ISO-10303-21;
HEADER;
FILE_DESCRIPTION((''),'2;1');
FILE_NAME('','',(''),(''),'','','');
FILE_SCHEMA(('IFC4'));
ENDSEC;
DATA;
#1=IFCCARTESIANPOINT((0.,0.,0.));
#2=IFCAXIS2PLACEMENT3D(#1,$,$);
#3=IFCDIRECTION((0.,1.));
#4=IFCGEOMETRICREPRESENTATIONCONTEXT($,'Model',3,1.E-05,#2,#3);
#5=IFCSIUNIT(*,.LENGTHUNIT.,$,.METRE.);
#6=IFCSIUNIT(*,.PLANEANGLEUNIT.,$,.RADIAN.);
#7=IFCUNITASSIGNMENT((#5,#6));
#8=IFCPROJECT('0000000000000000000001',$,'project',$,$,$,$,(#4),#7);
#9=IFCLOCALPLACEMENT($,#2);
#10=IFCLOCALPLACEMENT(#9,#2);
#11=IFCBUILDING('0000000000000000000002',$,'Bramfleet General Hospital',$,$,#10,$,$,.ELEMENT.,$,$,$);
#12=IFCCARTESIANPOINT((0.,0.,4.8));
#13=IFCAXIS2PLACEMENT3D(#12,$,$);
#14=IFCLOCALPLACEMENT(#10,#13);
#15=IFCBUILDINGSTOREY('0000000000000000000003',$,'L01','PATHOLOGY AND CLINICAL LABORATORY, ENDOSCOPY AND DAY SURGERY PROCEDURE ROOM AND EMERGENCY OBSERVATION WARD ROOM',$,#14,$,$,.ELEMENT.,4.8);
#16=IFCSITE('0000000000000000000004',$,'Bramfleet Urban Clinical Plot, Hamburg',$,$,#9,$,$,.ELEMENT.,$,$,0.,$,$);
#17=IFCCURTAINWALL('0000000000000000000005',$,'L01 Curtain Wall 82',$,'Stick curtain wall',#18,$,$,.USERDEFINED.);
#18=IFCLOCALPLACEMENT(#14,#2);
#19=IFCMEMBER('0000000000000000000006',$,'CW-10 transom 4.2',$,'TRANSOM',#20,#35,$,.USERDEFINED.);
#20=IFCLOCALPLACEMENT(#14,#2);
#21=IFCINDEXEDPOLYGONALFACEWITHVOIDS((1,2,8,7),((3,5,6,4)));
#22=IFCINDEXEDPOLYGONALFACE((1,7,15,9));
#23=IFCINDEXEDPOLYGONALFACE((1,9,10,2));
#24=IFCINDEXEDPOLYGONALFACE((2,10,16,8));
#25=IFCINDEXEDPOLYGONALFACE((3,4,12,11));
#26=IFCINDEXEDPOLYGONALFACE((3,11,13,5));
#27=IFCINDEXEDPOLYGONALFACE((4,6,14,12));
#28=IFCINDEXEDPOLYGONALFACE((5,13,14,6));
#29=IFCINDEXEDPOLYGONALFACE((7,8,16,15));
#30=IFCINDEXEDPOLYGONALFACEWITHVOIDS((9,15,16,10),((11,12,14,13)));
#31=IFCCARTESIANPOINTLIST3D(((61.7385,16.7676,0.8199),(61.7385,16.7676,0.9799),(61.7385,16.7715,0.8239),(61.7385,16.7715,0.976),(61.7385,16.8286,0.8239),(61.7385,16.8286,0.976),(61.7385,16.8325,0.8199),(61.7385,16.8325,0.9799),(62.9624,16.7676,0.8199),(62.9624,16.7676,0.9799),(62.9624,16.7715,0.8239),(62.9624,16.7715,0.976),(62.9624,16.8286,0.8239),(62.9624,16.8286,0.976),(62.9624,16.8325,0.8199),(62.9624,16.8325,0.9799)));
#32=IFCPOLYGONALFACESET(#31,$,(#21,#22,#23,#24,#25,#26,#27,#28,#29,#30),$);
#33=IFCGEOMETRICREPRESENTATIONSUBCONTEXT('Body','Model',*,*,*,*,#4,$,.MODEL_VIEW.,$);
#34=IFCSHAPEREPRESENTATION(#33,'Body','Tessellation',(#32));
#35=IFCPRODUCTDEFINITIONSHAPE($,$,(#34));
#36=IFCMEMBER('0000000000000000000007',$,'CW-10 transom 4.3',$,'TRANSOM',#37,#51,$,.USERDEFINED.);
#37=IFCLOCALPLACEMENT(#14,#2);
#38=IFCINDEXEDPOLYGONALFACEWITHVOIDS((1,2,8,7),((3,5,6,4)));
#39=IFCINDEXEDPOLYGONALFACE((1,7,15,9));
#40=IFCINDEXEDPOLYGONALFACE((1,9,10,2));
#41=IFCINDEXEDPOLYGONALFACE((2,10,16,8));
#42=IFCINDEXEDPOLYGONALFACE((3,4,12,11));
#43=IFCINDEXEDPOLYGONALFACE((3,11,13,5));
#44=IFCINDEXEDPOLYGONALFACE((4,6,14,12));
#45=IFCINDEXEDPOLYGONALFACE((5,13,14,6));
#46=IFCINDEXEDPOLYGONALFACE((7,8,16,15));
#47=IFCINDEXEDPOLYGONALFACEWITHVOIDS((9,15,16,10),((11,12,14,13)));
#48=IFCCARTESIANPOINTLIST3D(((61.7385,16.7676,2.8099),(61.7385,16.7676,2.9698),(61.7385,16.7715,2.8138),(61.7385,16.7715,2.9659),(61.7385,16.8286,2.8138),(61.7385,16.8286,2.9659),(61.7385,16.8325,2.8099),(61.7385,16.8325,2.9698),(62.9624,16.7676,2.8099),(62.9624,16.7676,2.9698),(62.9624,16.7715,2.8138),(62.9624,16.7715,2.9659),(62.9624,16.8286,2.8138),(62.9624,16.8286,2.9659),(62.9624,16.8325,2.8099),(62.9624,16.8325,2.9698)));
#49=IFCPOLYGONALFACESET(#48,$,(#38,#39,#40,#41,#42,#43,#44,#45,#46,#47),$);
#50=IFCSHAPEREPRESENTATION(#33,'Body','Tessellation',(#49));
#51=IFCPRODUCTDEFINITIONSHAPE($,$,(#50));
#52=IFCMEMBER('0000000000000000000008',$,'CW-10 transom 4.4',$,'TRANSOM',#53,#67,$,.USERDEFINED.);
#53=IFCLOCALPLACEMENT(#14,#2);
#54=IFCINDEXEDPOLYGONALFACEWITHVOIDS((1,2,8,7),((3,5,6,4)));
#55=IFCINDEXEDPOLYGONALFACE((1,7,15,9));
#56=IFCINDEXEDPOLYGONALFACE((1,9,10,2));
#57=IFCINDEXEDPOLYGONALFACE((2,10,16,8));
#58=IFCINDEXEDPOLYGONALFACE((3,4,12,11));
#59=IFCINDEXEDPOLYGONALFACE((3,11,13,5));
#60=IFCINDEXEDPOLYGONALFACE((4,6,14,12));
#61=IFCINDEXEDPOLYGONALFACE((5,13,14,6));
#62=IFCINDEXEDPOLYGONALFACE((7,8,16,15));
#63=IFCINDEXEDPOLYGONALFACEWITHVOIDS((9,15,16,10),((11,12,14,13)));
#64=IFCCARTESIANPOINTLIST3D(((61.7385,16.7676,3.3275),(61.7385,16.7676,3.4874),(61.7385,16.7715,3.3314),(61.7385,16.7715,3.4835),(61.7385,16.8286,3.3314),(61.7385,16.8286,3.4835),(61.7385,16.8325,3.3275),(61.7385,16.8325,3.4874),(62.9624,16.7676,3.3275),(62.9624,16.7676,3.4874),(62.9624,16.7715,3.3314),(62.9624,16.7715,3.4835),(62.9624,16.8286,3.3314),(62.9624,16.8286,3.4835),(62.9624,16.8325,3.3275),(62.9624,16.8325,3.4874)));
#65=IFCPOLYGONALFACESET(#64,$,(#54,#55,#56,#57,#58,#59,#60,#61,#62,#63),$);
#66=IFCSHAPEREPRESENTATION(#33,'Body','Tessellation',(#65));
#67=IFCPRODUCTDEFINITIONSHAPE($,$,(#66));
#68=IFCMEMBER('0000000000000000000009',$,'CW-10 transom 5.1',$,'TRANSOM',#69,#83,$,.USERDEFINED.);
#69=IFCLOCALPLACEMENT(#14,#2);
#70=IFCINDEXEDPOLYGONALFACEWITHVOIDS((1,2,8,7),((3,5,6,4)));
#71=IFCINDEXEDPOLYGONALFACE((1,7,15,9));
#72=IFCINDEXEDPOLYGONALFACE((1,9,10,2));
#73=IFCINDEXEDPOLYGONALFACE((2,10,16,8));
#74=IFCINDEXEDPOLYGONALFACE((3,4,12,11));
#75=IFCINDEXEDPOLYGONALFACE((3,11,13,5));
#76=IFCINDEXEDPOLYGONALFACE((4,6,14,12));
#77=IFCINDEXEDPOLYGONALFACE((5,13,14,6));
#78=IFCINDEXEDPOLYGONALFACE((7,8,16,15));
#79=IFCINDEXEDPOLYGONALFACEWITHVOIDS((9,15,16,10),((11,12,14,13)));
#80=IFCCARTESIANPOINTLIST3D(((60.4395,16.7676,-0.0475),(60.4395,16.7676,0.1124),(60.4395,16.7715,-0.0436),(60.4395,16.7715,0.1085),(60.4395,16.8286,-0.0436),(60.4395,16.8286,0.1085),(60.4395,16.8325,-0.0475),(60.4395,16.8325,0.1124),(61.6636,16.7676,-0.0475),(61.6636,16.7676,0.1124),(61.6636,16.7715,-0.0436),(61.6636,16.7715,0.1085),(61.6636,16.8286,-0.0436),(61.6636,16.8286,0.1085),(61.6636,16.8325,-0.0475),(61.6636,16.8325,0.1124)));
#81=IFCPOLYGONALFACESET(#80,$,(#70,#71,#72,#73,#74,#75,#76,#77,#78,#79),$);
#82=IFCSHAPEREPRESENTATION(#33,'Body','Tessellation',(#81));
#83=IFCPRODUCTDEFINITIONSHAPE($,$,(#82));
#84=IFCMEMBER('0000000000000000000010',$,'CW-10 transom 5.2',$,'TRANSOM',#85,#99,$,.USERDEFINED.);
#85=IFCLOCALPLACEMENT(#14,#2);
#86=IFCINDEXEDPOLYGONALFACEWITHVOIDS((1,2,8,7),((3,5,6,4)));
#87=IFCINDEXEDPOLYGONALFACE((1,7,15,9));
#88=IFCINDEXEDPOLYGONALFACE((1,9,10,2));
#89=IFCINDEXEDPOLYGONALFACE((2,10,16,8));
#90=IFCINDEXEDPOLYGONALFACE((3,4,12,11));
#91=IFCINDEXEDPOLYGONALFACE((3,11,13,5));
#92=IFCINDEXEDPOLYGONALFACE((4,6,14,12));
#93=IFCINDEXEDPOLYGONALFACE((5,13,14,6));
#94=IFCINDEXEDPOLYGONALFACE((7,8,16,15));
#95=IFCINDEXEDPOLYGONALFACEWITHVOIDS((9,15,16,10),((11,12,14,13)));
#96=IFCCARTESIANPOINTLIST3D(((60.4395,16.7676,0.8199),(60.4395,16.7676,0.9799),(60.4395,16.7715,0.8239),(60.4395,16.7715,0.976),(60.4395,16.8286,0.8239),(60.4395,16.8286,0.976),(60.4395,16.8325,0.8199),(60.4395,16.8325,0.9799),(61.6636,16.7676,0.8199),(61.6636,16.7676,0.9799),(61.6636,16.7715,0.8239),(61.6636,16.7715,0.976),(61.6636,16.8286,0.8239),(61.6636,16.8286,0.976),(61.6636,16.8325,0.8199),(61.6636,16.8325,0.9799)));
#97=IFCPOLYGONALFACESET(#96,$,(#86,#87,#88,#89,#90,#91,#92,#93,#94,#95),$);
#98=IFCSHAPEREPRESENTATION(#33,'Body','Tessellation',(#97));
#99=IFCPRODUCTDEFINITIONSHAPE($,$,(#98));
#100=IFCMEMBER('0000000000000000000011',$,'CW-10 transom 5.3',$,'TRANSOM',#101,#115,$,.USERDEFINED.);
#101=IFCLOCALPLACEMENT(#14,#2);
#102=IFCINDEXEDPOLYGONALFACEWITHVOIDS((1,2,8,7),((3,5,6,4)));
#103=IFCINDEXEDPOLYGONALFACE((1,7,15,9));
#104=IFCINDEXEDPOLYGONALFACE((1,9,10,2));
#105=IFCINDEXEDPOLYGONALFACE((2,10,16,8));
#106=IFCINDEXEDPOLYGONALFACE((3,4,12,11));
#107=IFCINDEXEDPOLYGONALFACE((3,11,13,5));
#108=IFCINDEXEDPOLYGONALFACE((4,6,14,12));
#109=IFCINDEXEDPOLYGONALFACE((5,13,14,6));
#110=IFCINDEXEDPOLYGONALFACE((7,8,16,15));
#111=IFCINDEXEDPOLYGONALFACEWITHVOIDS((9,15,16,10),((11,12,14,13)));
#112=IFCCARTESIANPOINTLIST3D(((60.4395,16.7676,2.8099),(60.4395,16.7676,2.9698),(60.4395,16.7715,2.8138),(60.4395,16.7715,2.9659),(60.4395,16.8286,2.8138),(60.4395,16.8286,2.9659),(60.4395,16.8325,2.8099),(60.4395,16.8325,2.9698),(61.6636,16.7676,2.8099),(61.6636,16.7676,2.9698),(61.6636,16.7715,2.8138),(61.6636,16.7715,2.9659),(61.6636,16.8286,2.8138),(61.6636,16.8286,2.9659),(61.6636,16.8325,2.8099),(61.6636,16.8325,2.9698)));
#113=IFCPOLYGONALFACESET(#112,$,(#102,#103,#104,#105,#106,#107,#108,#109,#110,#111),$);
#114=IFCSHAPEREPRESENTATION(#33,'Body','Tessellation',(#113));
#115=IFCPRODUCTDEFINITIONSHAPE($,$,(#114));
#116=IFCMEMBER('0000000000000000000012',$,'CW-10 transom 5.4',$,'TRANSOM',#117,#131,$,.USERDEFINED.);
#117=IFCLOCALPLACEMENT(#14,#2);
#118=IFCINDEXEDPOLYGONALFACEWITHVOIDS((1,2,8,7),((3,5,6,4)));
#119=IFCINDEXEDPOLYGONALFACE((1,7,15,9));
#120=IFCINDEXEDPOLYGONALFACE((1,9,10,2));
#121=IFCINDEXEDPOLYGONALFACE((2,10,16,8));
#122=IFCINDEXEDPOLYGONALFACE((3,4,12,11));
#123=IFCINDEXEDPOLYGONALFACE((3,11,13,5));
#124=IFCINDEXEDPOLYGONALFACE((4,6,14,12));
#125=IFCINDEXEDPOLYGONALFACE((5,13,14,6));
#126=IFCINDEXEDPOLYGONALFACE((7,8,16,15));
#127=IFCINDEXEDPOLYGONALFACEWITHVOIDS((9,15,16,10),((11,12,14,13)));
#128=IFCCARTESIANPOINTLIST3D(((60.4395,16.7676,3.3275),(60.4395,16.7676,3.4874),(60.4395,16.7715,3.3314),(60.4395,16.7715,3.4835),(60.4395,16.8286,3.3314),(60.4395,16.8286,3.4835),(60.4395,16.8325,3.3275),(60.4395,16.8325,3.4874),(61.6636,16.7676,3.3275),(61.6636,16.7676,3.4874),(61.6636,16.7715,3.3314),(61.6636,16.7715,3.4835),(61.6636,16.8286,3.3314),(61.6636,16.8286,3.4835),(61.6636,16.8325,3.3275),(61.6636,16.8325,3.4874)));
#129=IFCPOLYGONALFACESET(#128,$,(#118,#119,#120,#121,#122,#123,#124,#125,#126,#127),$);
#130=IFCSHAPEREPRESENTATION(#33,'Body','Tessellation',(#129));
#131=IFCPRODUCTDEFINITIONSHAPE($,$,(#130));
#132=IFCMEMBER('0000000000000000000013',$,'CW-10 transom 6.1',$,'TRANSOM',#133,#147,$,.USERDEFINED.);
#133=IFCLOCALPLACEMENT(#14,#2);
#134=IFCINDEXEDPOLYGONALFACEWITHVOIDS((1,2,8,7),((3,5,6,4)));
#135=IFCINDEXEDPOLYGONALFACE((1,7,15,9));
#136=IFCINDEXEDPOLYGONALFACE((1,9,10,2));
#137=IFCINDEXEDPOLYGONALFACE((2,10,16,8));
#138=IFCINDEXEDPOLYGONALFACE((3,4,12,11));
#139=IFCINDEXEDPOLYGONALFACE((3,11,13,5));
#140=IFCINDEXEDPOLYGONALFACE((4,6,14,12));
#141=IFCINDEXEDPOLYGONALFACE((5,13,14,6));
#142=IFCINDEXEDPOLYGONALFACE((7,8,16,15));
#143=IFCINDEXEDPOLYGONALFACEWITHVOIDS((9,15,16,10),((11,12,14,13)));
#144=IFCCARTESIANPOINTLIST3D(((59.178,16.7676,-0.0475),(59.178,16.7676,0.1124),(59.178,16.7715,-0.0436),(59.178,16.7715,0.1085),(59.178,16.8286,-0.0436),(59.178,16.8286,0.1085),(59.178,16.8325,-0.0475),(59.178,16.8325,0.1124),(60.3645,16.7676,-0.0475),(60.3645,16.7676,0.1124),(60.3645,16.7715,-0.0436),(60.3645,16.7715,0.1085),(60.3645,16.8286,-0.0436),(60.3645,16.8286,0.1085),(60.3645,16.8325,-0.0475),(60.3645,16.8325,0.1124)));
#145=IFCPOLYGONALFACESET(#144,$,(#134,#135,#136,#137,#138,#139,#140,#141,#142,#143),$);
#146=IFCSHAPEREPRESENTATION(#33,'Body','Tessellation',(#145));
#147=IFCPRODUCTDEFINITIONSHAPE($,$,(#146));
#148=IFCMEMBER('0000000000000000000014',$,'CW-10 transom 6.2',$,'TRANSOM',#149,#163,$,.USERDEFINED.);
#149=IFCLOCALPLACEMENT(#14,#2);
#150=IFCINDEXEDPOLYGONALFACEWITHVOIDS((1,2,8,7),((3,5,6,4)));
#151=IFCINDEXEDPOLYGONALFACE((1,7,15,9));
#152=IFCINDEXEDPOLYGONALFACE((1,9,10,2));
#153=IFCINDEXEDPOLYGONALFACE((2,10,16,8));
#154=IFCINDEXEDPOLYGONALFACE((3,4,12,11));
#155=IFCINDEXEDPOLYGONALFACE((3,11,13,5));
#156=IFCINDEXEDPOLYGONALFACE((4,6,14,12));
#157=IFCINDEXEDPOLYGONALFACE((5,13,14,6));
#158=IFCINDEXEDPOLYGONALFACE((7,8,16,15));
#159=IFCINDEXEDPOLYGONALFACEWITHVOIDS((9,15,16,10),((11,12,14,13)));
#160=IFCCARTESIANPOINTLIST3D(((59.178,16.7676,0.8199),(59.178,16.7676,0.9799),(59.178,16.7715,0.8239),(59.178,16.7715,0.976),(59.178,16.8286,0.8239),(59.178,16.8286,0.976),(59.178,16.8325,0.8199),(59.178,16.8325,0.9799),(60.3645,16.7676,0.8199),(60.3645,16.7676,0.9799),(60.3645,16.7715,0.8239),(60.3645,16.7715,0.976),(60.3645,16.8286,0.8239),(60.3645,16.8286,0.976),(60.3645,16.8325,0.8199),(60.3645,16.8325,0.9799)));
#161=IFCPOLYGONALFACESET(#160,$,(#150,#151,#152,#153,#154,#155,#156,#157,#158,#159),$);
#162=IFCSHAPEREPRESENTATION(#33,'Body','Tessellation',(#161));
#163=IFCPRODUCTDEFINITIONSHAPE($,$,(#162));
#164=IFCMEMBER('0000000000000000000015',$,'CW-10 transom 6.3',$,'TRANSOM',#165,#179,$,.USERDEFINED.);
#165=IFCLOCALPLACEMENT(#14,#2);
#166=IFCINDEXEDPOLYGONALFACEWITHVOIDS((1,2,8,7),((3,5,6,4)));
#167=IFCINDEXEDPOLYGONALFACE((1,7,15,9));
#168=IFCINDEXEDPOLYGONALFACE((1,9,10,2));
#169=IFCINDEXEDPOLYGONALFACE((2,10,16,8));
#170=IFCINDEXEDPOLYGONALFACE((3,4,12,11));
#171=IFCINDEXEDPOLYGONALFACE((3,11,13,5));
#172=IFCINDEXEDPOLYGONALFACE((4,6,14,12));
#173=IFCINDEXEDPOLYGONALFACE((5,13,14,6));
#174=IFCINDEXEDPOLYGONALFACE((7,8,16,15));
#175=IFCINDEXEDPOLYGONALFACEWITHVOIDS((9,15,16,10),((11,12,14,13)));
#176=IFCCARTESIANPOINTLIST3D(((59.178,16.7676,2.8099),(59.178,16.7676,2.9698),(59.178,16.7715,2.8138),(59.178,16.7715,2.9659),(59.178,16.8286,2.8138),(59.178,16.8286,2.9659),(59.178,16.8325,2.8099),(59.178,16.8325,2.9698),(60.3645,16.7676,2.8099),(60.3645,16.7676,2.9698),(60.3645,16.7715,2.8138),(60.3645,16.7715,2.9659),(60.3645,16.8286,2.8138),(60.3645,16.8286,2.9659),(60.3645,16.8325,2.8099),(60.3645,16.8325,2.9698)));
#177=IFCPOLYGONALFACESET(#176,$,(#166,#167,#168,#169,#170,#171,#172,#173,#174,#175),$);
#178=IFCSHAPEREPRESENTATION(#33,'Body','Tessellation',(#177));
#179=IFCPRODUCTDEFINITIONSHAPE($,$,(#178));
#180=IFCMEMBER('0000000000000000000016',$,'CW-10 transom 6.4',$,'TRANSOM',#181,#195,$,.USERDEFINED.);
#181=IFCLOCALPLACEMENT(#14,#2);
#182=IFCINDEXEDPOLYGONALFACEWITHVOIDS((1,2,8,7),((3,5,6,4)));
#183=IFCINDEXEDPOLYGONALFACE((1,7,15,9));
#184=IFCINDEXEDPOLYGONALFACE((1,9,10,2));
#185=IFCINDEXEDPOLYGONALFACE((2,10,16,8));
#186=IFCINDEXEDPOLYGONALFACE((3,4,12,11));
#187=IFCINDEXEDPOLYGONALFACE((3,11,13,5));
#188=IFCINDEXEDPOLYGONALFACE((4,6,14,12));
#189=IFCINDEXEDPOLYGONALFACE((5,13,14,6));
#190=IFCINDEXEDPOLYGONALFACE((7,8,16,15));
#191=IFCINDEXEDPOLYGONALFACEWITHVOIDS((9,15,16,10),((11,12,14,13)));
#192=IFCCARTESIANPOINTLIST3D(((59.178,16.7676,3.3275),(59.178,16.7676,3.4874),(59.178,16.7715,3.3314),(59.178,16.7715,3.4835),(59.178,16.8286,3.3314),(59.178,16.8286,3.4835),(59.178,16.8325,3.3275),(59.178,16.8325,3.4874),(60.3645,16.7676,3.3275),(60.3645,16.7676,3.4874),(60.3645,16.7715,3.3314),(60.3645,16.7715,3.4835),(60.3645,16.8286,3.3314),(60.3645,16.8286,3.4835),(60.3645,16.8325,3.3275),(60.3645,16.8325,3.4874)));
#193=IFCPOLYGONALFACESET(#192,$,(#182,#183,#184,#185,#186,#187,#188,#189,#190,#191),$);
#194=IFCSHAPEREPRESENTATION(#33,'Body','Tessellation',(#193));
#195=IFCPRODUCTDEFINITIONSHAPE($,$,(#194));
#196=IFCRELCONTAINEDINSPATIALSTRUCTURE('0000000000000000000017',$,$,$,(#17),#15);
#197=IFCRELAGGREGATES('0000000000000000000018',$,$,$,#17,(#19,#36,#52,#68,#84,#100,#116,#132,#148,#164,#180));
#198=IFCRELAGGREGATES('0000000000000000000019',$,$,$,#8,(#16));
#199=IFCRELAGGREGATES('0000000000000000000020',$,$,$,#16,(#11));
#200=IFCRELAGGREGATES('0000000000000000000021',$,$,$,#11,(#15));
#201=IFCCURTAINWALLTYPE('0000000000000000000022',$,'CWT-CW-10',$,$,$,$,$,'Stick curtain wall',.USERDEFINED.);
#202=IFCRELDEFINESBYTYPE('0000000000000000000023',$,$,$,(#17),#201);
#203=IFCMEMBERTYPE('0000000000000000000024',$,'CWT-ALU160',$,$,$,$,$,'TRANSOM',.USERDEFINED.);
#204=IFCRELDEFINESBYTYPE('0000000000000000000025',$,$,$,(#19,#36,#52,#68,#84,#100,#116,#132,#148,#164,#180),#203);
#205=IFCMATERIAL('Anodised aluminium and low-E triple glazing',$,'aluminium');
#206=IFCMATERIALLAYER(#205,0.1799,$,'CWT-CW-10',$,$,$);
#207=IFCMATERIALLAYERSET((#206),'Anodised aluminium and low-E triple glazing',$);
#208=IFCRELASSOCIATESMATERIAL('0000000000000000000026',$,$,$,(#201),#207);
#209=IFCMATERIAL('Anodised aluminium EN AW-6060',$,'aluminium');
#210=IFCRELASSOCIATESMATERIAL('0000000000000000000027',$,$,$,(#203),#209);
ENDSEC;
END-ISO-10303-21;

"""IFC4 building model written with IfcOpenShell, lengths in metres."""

from ifc_helpers import new_model, si_unit, direction, frame, origin, origin_2d, place, context, subcontext, project, spatial, hollow_rectangle, extrude, material, layer, layer_set, material_profile, profile_set, type_object, element, aggregate, save


model = new_model("IFC4")

# Units and contexts
model_context = context("Model", 3, precision=1e-05, world=origin(), true_north=direction((0.0, 1.0)))
body_context = subcontext(model_context, "Body", "Model", "MODEL_VIEW")
ifc_project = project(units=[si_unit("LENGTHUNIT", "METRE"), si_unit("PLANEANGLEUNIT", "RADIAN")], contexts=[model_context])

# Site, building, storey
site_placement = place(None, origin())
site = spatial("IfcSite", under=ifc_project, at=site_placement, Name="Bramfleet Urban Clinical Plot, Hamburg", CompositionType="ELEMENT", RefElevation=0.0)
building_placement = place(site_placement, origin())
building = spatial("IfcBuilding", under=site, at=building_placement, Name="Bramfleet General Hospital", CompositionType="ELEMENT")
storey_placement = place(building_placement, frame((0.0, 0.0, 4.8)))
storey = spatial("IfcBuildingStorey", under=building, at=storey_placement, Name="L01", Description="PATHOLOGY AND CLINICAL LABORATORY, ENDOSCOPY AND DAY SURGERY PROCEDURE ROOM AND EMERGENCY OBSERVATION WARD ROOM", CompositionType="ELEMENT", Elevation=4.8)

# Curtain wall
ifc_material_1 = material(Name="Anodised aluminium and low-E triple glazing", Category="aluminium")
ifc_layer_1 = layer(ifc_material_1, 0.1799, Name="CWT-CW-10")
ifc_layer_set_1 = layer_set([ifc_layer_1], Name="Anodised aluminium and low-E triple glazing")
curtain_wall_type_1 = type_object("IfcCurtainWallType", Name="CWT-CW-10", ElementType="Stick curtain wall", PredefinedType="USERDEFINED", material=ifc_layer_set_1)
curtain_wall_1_placement = place(storey_placement, origin())
curtain_wall_1 = element("IfcCurtainWall", 1, at=curtain_wall_1_placement, inside=storey, type_object=curtain_wall_type_1, Name="L01 Curtain Wall 82", ObjectType="Stick curtain wall", PredefinedType="USERDEFINED")
ifc_material_2 = material(Name="Anodised aluminium EN AW-6060", Category="aluminium")

# Members
ifc_material_profile_1 = material_profile(ifc_material_2, hollow_rectangle(XDim=0.0649, YDim=0.1599, WallThickness=0.0039, at=origin_2d()), Name="ALU 160x65x4.0")
ifc_profile_set_1 = profile_set([ifc_material_profile_1], Name="Anodised aluminium EN AW-6060")
member_type_1 = type_object("IfcMemberType", Name="CWT-ALU160", ElementType="TRANSOM", PredefinedType="USERDEFINED", material=ifc_profile_set_1)
member_1_placement = place(storey_placement, frame((62.9624, 16.8, 0.8999), z_axis=(-1.0, 0.0, 0.0), x_axis=(0.0, -1.0, 0.0)))
member_1 = element("IfcMember", 2, at=member_1_placement, type_object=member_type_1, Name="CW-10 transom 4.2", ObjectType="TRANSOM", PredefinedType="USERDEFINED", context=body_context, shape_type="SweptSolid", body=[
    extrude(hollow_rectangle(XDim=0.0649, YDim=0.1599, WallThickness=0.0039, at=origin_2d()), origin(), (0.0, 0.0, 1.0), 1.2239),
])
member_2_placement = place(storey_placement, frame((62.9624, 16.8, 2.8899), z_axis=(-1.0, 0.0, 0.0), x_axis=(0.0, -1.0, 0.0)))
member_2 = element("IfcMember", 3, at=member_2_placement, type_object=member_type_1, Name="CW-10 transom 4.3", ObjectType="TRANSOM", PredefinedType="USERDEFINED", context=body_context, shape_type="SweptSolid", body=[
    extrude(hollow_rectangle(XDim=0.0649, YDim=0.1599, WallThickness=0.0039, at=origin_2d()), origin(), (0.0, 0.0, 1.0), 1.2239),
])
member_3_placement = place(storey_placement, frame((62.9624, 16.8, 3.4075), z_axis=(-1.0, 0.0, 0.0), x_axis=(0.0, -1.0, 0.0)))
member_3 = element("IfcMember", 4, at=member_3_placement, type_object=member_type_1, Name="CW-10 transom 4.4", ObjectType="TRANSOM", PredefinedType="USERDEFINED", context=body_context, shape_type="SweptSolid", body=[
    extrude(hollow_rectangle(XDim=0.0649, YDim=0.1599, WallThickness=0.0039, at=origin_2d()), origin(), (0.0, 0.0, 1.0), 1.2239),
])
member_4_placement = place(storey_placement, frame((61.6636, 16.8, 0.0325), z_axis=(-1.0, 0.0, 0.0), x_axis=(0.0, -1.0, 0.0)))
member_4 = element("IfcMember", 5, at=member_4_placement, type_object=member_type_1, Name="CW-10 transom 5.1", ObjectType="TRANSOM", PredefinedType="USERDEFINED", context=body_context, shape_type="SweptSolid", body=[
    extrude(hollow_rectangle(XDim=0.0649, YDim=0.1599, WallThickness=0.0039, at=origin_2d()), origin(), (0.0, 0.0, 1.0), 1.2241),
])
member_5_placement = place(storey_placement, frame((61.6636, 16.8, 0.8999), z_axis=(-1.0, 0.0, 0.0), x_axis=(0.0, -1.0, 0.0)))
member_5 = element("IfcMember", 6, at=member_5_placement, type_object=member_type_1, Name="CW-10 transom 5.2", ObjectType="TRANSOM", PredefinedType="USERDEFINED", context=body_context, shape_type="SweptSolid", body=[
    extrude(hollow_rectangle(XDim=0.0649, YDim=0.1599, WallThickness=0.0039, at=origin_2d()), origin(), (0.0, 0.0, 1.0), 1.2241),
])
member_6_placement = place(storey_placement, frame((61.6636, 16.8, 2.8899), z_axis=(-1.0, 0.0, 0.0), x_axis=(0.0, -1.0, 0.0)))
member_6 = element("IfcMember", 7, at=member_6_placement, type_object=member_type_1, Name="CW-10 transom 5.3", ObjectType="TRANSOM", PredefinedType="USERDEFINED", context=body_context, shape_type="SweptSolid", body=[
    extrude(hollow_rectangle(XDim=0.0649, YDim=0.1599, WallThickness=0.0039, at=origin_2d()), origin(), (0.0, 0.0, 1.0), 1.2241),
])
member_7_placement = place(storey_placement, frame((61.6636, 16.8, 3.4075), z_axis=(-1.0, 0.0, 0.0), x_axis=(0.0, -1.0, 0.0)))
member_7 = element("IfcMember", 8, at=member_7_placement, type_object=member_type_1, Name="CW-10 transom 5.4", ObjectType="TRANSOM", PredefinedType="USERDEFINED", context=body_context, shape_type="SweptSolid", body=[
    extrude(hollow_rectangle(XDim=0.0649, YDim=0.1599, WallThickness=0.0039, at=origin_2d()), origin(), (0.0, 0.0, 1.0), 1.2241),
])
member_8_placement = place(storey_placement, frame((60.3645, 16.8, 0.0325), z_axis=(-1.0, 0.0, 0.0), x_axis=(0.0, -1.0, 0.0)))
member_8 = element("IfcMember", 9, at=member_8_placement, type_object=member_type_1, Name="CW-10 transom 6.1", ObjectType="TRANSOM", PredefinedType="USERDEFINED", context=body_context, shape_type="SweptSolid", body=[
    extrude(hollow_rectangle(XDim=0.0649, YDim=0.1599, WallThickness=0.0039, at=origin_2d()), origin(), (0.0, 0.0, 1.0), 1.1865),
])
member_9_placement = place(storey_placement, frame((60.3645, 16.8, 0.8999), z_axis=(-1.0, 0.0, 0.0), x_axis=(0.0, -1.0, 0.0)))
member_9 = element("IfcMember", 10, at=member_9_placement, type_object=member_type_1, Name="CW-10 transom 6.2", ObjectType="TRANSOM", PredefinedType="USERDEFINED", context=body_context, shape_type="SweptSolid", body=[
    extrude(hollow_rectangle(XDim=0.0649, YDim=0.1599, WallThickness=0.0039, at=origin_2d()), origin(), (0.0, 0.0, 1.0), 1.1865),
])
member_10_placement = place(storey_placement, frame((60.3645, 16.8, 2.8899), z_axis=(-1.0, 0.0, 0.0), x_axis=(0.0, -1.0, 0.0)))
member_10 = element("IfcMember", 11, at=member_10_placement, type_object=member_type_1, Name="CW-10 transom 6.3", ObjectType="TRANSOM", PredefinedType="USERDEFINED", context=body_context, shape_type="SweptSolid", body=[
    extrude(hollow_rectangle(XDim=0.0649, YDim=0.1599, WallThickness=0.0039, at=origin_2d()), origin(), (0.0, 0.0, 1.0), 1.1865),
])
member_11_placement = place(storey_placement, frame((60.3645, 16.8, 3.4075), z_axis=(-1.0, 0.0, 0.0), x_axis=(0.0, -1.0, 0.0)))
member_11 = element("IfcMember", 12, at=member_11_placement, type_object=member_type_1, Name="CW-10 transom 6.4", ObjectType="TRANSOM", PredefinedType="USERDEFINED", context=body_context, shape_type="SweptSolid", body=[
    extrude(hollow_rectangle(XDim=0.0649, YDim=0.1599, WallThickness=0.0039, at=origin_2d()), origin(), (0.0, 0.0, 1.0), 1.1865),
])

aggregate(curtain_wall_1, [member_1, member_2, member_3, member_4, member_5, member_6, member_7, member_8, member_9, member_10, member_11])

save(model, "model.ifc")
